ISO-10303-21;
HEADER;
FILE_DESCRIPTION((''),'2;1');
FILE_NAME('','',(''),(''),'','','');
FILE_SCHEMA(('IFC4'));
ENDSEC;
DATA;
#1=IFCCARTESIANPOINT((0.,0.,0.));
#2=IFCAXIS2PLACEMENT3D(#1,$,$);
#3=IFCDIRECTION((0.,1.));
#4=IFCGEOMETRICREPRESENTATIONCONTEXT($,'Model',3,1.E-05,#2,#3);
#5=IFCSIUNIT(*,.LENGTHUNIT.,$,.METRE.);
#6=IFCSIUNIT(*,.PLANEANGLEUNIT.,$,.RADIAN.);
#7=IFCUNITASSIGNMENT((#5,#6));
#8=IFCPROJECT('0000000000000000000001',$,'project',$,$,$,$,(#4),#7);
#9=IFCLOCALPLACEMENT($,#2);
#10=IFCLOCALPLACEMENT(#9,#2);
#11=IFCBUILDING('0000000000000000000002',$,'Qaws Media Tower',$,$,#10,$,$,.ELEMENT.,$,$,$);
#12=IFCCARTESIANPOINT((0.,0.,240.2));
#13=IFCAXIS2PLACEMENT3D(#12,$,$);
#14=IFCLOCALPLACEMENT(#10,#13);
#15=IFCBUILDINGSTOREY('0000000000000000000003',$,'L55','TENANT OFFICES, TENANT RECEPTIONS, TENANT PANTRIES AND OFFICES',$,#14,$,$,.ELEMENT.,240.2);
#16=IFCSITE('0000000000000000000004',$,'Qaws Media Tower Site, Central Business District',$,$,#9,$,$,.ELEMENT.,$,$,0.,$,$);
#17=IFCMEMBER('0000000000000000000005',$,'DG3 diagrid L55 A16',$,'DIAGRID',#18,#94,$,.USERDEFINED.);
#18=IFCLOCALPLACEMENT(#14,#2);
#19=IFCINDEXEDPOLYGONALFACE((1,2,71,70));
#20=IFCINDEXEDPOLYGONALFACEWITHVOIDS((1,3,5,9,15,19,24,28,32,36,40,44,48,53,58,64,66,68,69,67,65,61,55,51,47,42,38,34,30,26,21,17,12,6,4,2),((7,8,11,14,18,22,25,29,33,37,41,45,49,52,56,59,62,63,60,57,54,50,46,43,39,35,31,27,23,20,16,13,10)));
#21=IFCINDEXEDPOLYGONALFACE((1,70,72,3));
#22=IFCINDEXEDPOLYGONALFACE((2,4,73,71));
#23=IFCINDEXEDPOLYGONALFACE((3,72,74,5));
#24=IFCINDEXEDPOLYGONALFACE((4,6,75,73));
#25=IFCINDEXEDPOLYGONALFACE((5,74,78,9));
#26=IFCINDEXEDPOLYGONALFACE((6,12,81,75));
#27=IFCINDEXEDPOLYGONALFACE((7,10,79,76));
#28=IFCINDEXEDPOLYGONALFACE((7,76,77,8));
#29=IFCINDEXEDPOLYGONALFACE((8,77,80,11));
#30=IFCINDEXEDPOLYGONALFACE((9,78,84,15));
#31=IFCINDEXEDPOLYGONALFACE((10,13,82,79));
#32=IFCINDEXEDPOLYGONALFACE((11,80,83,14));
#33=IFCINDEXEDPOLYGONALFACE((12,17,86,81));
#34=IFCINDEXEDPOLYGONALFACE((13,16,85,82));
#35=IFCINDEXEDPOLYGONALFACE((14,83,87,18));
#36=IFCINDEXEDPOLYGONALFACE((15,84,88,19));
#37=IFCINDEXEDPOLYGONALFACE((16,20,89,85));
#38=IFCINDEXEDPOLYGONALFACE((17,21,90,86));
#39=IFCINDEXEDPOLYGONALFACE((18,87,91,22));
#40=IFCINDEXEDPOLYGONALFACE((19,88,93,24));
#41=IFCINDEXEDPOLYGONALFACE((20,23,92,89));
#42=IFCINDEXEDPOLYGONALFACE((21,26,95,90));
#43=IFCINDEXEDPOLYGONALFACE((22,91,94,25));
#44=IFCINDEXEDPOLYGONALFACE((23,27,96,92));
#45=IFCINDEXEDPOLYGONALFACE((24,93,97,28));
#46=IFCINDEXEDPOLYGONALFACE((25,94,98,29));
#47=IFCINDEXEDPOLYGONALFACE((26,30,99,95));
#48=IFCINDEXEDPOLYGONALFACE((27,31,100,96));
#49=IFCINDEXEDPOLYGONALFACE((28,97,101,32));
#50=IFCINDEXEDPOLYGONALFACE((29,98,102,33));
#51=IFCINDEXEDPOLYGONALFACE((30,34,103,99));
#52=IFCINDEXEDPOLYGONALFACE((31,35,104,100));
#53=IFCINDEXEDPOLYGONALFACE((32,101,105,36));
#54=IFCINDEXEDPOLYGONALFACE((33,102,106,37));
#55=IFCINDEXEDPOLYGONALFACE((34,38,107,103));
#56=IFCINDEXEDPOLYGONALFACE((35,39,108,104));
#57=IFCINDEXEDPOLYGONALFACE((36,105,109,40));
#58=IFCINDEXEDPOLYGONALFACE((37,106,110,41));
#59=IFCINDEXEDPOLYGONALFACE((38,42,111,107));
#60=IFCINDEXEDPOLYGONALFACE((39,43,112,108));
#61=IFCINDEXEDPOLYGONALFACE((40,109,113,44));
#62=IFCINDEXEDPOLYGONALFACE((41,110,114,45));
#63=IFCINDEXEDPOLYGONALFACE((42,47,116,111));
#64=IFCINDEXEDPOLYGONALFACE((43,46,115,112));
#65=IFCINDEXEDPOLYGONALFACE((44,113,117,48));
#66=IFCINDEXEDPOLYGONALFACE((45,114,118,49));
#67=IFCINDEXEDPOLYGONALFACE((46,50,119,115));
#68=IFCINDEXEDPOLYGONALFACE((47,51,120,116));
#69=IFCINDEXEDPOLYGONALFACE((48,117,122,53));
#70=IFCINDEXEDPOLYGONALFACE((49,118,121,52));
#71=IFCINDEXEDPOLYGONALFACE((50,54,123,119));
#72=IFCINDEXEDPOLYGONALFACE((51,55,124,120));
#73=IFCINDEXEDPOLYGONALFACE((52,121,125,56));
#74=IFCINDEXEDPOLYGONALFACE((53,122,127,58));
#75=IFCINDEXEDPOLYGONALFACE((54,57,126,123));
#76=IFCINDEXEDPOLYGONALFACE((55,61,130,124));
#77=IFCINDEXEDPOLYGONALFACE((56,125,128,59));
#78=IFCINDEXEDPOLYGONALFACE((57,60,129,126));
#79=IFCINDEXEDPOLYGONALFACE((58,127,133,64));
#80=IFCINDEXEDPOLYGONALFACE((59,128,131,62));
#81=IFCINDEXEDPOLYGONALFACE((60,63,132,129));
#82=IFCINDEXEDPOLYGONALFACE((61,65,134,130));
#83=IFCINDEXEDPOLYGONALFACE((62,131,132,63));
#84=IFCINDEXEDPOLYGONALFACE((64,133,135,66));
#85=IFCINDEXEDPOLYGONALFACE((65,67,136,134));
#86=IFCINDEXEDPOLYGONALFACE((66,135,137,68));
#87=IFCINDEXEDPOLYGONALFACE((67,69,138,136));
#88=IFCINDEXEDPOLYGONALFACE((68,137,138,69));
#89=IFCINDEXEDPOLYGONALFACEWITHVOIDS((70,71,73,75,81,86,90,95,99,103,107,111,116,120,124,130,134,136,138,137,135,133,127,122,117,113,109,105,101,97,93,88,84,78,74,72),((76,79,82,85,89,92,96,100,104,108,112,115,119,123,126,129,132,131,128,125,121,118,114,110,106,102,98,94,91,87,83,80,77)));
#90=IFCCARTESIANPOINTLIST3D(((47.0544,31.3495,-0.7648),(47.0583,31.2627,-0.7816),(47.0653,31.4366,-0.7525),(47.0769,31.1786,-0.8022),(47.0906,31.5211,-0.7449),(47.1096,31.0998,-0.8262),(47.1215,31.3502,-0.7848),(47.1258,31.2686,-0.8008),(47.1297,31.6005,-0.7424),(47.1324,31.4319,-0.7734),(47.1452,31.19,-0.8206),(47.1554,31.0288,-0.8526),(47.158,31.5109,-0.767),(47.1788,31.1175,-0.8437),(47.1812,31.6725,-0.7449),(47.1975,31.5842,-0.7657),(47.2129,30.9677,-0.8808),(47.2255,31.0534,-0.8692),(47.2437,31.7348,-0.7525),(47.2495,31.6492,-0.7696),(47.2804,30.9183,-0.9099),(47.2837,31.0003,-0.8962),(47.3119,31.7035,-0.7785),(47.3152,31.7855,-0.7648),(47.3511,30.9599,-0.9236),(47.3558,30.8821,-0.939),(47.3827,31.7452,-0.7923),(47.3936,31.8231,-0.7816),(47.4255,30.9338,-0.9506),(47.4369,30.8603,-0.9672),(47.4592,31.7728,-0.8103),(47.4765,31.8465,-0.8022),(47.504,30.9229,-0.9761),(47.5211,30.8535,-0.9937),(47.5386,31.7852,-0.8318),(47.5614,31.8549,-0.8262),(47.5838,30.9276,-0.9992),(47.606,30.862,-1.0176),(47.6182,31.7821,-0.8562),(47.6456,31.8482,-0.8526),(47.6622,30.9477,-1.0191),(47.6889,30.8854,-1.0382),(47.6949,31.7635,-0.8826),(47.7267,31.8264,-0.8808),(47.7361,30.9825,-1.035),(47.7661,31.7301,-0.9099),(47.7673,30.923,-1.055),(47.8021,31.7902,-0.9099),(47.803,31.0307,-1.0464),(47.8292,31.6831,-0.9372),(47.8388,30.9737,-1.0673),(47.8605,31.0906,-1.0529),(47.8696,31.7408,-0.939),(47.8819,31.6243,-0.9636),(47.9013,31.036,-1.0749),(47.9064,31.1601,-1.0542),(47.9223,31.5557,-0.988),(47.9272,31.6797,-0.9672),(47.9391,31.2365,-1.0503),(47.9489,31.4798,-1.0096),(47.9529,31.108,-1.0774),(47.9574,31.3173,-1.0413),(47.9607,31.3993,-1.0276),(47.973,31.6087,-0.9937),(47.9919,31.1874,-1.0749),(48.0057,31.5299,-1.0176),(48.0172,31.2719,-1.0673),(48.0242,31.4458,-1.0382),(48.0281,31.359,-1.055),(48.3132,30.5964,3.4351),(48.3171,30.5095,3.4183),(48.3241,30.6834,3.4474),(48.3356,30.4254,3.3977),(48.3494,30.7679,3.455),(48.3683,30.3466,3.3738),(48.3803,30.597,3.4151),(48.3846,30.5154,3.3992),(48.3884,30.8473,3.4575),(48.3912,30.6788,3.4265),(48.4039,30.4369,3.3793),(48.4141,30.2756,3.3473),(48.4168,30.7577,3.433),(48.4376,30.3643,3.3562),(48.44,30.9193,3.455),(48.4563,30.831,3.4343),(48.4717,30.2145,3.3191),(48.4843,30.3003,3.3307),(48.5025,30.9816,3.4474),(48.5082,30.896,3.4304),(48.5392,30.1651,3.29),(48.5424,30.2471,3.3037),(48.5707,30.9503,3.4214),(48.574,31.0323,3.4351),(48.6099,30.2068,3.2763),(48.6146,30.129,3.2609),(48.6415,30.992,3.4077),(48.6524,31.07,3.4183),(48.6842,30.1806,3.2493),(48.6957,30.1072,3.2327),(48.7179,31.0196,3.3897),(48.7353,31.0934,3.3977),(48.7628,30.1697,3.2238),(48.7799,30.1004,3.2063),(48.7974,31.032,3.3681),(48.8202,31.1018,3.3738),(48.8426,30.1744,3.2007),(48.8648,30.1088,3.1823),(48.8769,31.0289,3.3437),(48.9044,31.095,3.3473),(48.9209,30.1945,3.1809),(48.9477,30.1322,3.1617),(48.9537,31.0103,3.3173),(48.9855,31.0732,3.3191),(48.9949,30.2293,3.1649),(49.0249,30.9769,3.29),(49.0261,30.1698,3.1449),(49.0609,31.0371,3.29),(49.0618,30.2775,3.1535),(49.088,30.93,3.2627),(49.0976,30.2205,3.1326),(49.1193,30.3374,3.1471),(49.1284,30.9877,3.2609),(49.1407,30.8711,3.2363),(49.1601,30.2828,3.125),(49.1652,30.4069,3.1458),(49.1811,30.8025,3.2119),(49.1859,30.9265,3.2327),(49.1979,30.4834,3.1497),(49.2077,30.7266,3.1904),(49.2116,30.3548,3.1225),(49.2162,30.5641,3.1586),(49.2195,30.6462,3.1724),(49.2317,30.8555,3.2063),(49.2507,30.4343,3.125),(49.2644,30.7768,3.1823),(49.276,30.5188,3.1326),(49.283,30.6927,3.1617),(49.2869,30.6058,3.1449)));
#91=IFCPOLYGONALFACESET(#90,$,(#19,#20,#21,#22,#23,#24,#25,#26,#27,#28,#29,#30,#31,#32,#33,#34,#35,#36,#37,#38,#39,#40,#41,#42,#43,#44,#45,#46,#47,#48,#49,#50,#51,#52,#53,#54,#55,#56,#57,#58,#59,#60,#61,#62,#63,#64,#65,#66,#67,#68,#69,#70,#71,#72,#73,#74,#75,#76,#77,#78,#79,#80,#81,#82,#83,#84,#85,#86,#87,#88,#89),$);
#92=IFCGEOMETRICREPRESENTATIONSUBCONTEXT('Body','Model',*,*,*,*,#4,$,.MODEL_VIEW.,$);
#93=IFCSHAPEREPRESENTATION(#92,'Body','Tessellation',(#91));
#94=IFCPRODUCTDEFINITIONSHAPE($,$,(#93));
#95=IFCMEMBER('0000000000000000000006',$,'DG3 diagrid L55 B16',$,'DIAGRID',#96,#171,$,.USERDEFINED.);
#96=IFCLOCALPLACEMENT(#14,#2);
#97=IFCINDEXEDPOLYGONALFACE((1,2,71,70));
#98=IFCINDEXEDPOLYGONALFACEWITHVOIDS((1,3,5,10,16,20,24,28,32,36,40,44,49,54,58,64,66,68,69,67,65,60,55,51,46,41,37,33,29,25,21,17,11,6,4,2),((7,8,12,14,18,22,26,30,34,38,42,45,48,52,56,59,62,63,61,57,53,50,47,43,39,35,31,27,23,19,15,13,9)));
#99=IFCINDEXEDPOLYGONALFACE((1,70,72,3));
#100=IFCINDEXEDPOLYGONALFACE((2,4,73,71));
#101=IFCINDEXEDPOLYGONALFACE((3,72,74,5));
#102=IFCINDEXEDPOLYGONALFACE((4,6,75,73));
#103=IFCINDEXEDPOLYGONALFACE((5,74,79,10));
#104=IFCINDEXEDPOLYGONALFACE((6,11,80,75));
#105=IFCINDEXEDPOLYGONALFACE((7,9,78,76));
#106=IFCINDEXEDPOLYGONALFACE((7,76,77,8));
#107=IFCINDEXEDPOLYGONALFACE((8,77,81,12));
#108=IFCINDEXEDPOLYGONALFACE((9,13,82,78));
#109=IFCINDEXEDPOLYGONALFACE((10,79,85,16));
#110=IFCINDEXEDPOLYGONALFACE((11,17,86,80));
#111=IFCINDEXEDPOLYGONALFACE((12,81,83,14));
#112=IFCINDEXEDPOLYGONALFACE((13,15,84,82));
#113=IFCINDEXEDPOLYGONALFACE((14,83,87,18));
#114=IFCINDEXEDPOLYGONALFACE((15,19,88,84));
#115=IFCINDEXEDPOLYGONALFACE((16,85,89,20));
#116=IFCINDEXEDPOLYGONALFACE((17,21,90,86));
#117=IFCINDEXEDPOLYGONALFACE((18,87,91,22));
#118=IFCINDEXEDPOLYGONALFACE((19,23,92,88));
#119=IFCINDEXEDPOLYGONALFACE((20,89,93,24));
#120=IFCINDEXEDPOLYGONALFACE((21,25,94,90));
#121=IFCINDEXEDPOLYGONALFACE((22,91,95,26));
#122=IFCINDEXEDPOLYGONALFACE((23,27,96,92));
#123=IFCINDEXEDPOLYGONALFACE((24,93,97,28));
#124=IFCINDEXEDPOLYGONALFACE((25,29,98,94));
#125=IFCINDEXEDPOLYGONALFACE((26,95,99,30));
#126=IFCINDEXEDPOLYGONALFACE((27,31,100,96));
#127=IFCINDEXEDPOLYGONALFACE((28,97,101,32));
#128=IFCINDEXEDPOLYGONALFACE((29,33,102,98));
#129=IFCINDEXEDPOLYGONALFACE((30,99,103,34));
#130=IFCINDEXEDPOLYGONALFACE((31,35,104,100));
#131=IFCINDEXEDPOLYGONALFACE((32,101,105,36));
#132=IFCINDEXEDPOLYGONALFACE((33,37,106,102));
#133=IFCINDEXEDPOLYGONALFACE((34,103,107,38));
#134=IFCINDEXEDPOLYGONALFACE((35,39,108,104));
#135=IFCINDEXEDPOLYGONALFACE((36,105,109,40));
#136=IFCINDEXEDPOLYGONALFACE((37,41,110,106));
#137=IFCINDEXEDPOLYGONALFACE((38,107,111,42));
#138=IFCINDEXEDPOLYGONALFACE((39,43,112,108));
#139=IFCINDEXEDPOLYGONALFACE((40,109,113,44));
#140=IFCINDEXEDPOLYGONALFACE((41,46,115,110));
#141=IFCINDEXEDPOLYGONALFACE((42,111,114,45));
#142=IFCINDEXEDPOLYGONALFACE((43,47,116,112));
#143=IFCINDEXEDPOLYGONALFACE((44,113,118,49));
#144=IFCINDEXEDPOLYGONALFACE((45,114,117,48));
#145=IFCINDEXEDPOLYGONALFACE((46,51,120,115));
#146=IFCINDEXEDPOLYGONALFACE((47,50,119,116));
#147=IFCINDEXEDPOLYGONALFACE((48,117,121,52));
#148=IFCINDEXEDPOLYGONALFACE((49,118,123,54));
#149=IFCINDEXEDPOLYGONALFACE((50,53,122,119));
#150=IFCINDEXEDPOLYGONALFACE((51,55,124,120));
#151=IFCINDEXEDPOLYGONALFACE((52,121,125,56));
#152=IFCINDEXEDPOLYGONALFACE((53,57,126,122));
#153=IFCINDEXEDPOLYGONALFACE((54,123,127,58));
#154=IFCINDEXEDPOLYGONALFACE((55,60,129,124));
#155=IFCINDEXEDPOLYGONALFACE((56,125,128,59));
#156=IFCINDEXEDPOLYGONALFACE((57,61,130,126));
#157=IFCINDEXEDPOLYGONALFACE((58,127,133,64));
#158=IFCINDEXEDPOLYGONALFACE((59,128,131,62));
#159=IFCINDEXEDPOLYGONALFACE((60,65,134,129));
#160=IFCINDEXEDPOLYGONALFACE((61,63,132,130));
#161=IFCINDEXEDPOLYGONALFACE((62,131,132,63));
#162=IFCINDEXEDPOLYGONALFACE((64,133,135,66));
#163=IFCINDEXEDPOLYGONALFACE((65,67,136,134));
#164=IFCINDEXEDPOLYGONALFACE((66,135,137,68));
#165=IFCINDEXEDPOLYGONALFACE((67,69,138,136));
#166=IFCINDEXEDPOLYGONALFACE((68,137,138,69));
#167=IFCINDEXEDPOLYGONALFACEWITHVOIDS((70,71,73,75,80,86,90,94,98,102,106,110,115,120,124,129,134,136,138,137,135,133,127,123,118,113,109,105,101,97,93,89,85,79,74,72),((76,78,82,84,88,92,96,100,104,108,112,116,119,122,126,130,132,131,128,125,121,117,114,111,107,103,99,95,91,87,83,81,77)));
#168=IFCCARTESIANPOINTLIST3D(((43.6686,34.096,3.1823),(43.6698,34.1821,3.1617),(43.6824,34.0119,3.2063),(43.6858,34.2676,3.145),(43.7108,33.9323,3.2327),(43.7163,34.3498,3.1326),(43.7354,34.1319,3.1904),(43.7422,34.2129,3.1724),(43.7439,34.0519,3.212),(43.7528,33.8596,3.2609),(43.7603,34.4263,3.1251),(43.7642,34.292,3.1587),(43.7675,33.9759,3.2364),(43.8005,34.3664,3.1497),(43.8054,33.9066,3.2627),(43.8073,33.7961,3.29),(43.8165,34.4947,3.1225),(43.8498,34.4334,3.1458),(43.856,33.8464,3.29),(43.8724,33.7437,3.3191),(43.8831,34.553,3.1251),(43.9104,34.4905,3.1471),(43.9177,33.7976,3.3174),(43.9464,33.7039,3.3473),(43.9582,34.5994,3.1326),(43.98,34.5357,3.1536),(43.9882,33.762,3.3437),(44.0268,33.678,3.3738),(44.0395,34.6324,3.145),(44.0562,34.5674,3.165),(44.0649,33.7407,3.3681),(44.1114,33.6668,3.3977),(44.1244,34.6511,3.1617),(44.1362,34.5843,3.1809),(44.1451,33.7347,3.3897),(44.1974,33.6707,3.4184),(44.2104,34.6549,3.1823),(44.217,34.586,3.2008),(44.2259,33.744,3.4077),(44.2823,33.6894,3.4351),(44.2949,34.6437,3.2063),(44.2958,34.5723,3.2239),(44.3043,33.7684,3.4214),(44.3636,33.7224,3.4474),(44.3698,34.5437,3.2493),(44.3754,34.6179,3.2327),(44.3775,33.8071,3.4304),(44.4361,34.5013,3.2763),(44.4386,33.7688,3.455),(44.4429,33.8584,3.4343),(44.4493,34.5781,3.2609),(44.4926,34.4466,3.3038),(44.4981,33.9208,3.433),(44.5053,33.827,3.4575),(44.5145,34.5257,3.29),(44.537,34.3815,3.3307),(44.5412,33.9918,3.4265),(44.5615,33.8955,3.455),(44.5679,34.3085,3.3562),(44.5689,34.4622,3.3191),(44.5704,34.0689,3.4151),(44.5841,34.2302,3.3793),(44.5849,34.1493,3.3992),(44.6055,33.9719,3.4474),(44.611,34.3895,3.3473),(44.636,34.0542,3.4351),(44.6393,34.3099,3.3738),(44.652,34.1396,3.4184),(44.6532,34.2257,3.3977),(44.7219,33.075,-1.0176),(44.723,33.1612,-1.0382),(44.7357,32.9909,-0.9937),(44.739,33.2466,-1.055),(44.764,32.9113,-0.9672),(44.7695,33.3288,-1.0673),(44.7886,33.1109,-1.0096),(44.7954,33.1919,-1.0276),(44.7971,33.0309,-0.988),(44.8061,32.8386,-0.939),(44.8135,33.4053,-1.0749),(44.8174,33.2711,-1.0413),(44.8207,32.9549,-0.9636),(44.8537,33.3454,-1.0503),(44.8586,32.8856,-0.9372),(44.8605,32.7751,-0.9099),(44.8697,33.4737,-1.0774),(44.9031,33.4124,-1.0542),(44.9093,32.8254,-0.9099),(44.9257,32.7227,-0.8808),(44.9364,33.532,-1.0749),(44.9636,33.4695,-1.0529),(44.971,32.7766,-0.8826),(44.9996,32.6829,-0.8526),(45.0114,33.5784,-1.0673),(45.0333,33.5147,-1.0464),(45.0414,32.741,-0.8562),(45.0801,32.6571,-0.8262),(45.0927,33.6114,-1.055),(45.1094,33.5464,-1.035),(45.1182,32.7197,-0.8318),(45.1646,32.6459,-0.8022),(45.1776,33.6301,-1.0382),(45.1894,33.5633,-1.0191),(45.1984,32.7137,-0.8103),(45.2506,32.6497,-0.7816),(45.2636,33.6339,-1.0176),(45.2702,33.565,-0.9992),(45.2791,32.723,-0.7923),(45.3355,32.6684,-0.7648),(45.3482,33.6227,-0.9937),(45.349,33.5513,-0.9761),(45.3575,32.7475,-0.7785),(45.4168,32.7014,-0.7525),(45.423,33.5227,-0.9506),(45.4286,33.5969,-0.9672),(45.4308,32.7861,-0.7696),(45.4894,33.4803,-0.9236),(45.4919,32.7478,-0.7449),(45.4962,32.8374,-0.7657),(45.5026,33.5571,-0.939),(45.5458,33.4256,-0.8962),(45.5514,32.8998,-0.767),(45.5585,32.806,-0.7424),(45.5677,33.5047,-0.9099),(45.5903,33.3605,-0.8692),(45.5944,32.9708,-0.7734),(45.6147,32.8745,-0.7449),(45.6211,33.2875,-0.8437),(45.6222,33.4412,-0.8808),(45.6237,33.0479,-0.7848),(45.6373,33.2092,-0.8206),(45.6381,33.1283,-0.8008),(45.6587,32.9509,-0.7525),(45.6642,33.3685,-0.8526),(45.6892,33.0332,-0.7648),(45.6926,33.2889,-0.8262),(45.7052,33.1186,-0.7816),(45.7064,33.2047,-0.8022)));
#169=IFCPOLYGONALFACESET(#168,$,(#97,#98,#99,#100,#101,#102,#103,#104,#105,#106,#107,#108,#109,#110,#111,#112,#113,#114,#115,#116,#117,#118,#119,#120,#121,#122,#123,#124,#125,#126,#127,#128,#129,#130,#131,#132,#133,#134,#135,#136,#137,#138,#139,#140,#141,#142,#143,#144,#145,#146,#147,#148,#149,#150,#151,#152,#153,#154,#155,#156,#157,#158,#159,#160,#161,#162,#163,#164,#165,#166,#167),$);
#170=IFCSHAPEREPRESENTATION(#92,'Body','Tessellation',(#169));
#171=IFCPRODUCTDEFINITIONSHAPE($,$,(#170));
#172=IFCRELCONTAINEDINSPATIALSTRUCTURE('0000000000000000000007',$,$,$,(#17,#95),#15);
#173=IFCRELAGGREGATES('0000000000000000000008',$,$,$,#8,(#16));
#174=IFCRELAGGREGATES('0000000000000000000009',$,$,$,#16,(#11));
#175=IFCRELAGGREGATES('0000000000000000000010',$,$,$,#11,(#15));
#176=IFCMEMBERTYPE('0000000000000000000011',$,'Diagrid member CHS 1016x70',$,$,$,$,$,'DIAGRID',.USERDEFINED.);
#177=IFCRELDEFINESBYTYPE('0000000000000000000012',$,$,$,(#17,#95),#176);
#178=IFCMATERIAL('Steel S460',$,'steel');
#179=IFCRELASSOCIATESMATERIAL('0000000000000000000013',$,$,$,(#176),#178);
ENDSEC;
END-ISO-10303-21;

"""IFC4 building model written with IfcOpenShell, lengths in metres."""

from ifc_helpers import new_model, si_unit, direction, frame, origin, origin_2d, place, context, subcontext, project, spatial, hollow_circle, extrude, material, material_profile, profile_set, type_object, element, save


model = new_model("IFC4")

# Units and contexts
model_context = context("Model", 3, precision=1e-05, world=origin(), true_north=direction((0.0, 1.0)))
body_context = subcontext(model_context, "Body", "Model", "MODEL_VIEW")
ifc_project = project(units=[si_unit("LENGTHUNIT", "METRE"), si_unit("PLANEANGLEUNIT", "RADIAN")], contexts=[model_context])

# Site, building, storey
site_placement = place(None, origin())
site = spatial("IfcSite", under=ifc_project, at=site_placement, Name="Qaws Media Tower Site, Central Business District", CompositionType="ELEMENT", RefElevation=0.0)
building_placement = place(site_placement, origin())
building = spatial("IfcBuilding", under=site, at=building_placement, Name="Qaws Media Tower", CompositionType="ELEMENT")
storey_placement = place(building_placement, frame((0.0, 0.0, 240.2)))
storey = spatial("IfcBuildingStorey", under=building, at=storey_placement, Name="L55", Description="TENANT OFFICES, TENANT RECEPTIONS, TENANT PANTRIES AND OFFICES", CompositionType="ELEMENT", Elevation=240.2)

# Members
ifc_material_1 = material(Name="Steel S460", Category="steel")
ifc_material_profile_1 = material_profile(ifc_material_1, hollow_circle(Radius=0.5081, WallThickness=0.0701, at=origin_2d()), Name="CHS 1016x70")
ifc_profile_set_1 = profile_set([ifc_material_profile_1], Name="Steel S460")
member_type_1 = type_object("IfcMemberType", Name="Diagrid member CHS 1016x70", ElementType="DIAGRID", PredefinedType="USERDEFINED", material=ifc_profile_set_1)
for number, where, z_axis, x_axis, name in (
    (1, (47.5413, 31.3542, -0.9099), (0.282953, -0.1693, 0.944074), (0.513443, 0.858124, 0.0), "DG3 diagrid L55 A16"),
    (2, (45.2141, 33.1399, -0.9099), (-0.236746, 0.229502, 0.944076), (-0.696037, -0.718006, 0.0), "DG3 diagrid L55 B16"),
):
    element("IfcMember", number, at=place(storey_placement, frame(where, z_axis=z_axis, x_axis=x_axis)), inside=storey, type_object=member_type_1, Name=name, ObjectType="DIAGRID", PredefinedType="USERDEFINED", context=body_context, shape_type="SweptSolid", body=[
        extrude(hollow_circle(Radius=0.5081, WallThickness=0.0701, at=origin_2d()), origin(), (0.0, 0.0, 1.0), 4.4487),
    ])

save(model, "model.ifc")
